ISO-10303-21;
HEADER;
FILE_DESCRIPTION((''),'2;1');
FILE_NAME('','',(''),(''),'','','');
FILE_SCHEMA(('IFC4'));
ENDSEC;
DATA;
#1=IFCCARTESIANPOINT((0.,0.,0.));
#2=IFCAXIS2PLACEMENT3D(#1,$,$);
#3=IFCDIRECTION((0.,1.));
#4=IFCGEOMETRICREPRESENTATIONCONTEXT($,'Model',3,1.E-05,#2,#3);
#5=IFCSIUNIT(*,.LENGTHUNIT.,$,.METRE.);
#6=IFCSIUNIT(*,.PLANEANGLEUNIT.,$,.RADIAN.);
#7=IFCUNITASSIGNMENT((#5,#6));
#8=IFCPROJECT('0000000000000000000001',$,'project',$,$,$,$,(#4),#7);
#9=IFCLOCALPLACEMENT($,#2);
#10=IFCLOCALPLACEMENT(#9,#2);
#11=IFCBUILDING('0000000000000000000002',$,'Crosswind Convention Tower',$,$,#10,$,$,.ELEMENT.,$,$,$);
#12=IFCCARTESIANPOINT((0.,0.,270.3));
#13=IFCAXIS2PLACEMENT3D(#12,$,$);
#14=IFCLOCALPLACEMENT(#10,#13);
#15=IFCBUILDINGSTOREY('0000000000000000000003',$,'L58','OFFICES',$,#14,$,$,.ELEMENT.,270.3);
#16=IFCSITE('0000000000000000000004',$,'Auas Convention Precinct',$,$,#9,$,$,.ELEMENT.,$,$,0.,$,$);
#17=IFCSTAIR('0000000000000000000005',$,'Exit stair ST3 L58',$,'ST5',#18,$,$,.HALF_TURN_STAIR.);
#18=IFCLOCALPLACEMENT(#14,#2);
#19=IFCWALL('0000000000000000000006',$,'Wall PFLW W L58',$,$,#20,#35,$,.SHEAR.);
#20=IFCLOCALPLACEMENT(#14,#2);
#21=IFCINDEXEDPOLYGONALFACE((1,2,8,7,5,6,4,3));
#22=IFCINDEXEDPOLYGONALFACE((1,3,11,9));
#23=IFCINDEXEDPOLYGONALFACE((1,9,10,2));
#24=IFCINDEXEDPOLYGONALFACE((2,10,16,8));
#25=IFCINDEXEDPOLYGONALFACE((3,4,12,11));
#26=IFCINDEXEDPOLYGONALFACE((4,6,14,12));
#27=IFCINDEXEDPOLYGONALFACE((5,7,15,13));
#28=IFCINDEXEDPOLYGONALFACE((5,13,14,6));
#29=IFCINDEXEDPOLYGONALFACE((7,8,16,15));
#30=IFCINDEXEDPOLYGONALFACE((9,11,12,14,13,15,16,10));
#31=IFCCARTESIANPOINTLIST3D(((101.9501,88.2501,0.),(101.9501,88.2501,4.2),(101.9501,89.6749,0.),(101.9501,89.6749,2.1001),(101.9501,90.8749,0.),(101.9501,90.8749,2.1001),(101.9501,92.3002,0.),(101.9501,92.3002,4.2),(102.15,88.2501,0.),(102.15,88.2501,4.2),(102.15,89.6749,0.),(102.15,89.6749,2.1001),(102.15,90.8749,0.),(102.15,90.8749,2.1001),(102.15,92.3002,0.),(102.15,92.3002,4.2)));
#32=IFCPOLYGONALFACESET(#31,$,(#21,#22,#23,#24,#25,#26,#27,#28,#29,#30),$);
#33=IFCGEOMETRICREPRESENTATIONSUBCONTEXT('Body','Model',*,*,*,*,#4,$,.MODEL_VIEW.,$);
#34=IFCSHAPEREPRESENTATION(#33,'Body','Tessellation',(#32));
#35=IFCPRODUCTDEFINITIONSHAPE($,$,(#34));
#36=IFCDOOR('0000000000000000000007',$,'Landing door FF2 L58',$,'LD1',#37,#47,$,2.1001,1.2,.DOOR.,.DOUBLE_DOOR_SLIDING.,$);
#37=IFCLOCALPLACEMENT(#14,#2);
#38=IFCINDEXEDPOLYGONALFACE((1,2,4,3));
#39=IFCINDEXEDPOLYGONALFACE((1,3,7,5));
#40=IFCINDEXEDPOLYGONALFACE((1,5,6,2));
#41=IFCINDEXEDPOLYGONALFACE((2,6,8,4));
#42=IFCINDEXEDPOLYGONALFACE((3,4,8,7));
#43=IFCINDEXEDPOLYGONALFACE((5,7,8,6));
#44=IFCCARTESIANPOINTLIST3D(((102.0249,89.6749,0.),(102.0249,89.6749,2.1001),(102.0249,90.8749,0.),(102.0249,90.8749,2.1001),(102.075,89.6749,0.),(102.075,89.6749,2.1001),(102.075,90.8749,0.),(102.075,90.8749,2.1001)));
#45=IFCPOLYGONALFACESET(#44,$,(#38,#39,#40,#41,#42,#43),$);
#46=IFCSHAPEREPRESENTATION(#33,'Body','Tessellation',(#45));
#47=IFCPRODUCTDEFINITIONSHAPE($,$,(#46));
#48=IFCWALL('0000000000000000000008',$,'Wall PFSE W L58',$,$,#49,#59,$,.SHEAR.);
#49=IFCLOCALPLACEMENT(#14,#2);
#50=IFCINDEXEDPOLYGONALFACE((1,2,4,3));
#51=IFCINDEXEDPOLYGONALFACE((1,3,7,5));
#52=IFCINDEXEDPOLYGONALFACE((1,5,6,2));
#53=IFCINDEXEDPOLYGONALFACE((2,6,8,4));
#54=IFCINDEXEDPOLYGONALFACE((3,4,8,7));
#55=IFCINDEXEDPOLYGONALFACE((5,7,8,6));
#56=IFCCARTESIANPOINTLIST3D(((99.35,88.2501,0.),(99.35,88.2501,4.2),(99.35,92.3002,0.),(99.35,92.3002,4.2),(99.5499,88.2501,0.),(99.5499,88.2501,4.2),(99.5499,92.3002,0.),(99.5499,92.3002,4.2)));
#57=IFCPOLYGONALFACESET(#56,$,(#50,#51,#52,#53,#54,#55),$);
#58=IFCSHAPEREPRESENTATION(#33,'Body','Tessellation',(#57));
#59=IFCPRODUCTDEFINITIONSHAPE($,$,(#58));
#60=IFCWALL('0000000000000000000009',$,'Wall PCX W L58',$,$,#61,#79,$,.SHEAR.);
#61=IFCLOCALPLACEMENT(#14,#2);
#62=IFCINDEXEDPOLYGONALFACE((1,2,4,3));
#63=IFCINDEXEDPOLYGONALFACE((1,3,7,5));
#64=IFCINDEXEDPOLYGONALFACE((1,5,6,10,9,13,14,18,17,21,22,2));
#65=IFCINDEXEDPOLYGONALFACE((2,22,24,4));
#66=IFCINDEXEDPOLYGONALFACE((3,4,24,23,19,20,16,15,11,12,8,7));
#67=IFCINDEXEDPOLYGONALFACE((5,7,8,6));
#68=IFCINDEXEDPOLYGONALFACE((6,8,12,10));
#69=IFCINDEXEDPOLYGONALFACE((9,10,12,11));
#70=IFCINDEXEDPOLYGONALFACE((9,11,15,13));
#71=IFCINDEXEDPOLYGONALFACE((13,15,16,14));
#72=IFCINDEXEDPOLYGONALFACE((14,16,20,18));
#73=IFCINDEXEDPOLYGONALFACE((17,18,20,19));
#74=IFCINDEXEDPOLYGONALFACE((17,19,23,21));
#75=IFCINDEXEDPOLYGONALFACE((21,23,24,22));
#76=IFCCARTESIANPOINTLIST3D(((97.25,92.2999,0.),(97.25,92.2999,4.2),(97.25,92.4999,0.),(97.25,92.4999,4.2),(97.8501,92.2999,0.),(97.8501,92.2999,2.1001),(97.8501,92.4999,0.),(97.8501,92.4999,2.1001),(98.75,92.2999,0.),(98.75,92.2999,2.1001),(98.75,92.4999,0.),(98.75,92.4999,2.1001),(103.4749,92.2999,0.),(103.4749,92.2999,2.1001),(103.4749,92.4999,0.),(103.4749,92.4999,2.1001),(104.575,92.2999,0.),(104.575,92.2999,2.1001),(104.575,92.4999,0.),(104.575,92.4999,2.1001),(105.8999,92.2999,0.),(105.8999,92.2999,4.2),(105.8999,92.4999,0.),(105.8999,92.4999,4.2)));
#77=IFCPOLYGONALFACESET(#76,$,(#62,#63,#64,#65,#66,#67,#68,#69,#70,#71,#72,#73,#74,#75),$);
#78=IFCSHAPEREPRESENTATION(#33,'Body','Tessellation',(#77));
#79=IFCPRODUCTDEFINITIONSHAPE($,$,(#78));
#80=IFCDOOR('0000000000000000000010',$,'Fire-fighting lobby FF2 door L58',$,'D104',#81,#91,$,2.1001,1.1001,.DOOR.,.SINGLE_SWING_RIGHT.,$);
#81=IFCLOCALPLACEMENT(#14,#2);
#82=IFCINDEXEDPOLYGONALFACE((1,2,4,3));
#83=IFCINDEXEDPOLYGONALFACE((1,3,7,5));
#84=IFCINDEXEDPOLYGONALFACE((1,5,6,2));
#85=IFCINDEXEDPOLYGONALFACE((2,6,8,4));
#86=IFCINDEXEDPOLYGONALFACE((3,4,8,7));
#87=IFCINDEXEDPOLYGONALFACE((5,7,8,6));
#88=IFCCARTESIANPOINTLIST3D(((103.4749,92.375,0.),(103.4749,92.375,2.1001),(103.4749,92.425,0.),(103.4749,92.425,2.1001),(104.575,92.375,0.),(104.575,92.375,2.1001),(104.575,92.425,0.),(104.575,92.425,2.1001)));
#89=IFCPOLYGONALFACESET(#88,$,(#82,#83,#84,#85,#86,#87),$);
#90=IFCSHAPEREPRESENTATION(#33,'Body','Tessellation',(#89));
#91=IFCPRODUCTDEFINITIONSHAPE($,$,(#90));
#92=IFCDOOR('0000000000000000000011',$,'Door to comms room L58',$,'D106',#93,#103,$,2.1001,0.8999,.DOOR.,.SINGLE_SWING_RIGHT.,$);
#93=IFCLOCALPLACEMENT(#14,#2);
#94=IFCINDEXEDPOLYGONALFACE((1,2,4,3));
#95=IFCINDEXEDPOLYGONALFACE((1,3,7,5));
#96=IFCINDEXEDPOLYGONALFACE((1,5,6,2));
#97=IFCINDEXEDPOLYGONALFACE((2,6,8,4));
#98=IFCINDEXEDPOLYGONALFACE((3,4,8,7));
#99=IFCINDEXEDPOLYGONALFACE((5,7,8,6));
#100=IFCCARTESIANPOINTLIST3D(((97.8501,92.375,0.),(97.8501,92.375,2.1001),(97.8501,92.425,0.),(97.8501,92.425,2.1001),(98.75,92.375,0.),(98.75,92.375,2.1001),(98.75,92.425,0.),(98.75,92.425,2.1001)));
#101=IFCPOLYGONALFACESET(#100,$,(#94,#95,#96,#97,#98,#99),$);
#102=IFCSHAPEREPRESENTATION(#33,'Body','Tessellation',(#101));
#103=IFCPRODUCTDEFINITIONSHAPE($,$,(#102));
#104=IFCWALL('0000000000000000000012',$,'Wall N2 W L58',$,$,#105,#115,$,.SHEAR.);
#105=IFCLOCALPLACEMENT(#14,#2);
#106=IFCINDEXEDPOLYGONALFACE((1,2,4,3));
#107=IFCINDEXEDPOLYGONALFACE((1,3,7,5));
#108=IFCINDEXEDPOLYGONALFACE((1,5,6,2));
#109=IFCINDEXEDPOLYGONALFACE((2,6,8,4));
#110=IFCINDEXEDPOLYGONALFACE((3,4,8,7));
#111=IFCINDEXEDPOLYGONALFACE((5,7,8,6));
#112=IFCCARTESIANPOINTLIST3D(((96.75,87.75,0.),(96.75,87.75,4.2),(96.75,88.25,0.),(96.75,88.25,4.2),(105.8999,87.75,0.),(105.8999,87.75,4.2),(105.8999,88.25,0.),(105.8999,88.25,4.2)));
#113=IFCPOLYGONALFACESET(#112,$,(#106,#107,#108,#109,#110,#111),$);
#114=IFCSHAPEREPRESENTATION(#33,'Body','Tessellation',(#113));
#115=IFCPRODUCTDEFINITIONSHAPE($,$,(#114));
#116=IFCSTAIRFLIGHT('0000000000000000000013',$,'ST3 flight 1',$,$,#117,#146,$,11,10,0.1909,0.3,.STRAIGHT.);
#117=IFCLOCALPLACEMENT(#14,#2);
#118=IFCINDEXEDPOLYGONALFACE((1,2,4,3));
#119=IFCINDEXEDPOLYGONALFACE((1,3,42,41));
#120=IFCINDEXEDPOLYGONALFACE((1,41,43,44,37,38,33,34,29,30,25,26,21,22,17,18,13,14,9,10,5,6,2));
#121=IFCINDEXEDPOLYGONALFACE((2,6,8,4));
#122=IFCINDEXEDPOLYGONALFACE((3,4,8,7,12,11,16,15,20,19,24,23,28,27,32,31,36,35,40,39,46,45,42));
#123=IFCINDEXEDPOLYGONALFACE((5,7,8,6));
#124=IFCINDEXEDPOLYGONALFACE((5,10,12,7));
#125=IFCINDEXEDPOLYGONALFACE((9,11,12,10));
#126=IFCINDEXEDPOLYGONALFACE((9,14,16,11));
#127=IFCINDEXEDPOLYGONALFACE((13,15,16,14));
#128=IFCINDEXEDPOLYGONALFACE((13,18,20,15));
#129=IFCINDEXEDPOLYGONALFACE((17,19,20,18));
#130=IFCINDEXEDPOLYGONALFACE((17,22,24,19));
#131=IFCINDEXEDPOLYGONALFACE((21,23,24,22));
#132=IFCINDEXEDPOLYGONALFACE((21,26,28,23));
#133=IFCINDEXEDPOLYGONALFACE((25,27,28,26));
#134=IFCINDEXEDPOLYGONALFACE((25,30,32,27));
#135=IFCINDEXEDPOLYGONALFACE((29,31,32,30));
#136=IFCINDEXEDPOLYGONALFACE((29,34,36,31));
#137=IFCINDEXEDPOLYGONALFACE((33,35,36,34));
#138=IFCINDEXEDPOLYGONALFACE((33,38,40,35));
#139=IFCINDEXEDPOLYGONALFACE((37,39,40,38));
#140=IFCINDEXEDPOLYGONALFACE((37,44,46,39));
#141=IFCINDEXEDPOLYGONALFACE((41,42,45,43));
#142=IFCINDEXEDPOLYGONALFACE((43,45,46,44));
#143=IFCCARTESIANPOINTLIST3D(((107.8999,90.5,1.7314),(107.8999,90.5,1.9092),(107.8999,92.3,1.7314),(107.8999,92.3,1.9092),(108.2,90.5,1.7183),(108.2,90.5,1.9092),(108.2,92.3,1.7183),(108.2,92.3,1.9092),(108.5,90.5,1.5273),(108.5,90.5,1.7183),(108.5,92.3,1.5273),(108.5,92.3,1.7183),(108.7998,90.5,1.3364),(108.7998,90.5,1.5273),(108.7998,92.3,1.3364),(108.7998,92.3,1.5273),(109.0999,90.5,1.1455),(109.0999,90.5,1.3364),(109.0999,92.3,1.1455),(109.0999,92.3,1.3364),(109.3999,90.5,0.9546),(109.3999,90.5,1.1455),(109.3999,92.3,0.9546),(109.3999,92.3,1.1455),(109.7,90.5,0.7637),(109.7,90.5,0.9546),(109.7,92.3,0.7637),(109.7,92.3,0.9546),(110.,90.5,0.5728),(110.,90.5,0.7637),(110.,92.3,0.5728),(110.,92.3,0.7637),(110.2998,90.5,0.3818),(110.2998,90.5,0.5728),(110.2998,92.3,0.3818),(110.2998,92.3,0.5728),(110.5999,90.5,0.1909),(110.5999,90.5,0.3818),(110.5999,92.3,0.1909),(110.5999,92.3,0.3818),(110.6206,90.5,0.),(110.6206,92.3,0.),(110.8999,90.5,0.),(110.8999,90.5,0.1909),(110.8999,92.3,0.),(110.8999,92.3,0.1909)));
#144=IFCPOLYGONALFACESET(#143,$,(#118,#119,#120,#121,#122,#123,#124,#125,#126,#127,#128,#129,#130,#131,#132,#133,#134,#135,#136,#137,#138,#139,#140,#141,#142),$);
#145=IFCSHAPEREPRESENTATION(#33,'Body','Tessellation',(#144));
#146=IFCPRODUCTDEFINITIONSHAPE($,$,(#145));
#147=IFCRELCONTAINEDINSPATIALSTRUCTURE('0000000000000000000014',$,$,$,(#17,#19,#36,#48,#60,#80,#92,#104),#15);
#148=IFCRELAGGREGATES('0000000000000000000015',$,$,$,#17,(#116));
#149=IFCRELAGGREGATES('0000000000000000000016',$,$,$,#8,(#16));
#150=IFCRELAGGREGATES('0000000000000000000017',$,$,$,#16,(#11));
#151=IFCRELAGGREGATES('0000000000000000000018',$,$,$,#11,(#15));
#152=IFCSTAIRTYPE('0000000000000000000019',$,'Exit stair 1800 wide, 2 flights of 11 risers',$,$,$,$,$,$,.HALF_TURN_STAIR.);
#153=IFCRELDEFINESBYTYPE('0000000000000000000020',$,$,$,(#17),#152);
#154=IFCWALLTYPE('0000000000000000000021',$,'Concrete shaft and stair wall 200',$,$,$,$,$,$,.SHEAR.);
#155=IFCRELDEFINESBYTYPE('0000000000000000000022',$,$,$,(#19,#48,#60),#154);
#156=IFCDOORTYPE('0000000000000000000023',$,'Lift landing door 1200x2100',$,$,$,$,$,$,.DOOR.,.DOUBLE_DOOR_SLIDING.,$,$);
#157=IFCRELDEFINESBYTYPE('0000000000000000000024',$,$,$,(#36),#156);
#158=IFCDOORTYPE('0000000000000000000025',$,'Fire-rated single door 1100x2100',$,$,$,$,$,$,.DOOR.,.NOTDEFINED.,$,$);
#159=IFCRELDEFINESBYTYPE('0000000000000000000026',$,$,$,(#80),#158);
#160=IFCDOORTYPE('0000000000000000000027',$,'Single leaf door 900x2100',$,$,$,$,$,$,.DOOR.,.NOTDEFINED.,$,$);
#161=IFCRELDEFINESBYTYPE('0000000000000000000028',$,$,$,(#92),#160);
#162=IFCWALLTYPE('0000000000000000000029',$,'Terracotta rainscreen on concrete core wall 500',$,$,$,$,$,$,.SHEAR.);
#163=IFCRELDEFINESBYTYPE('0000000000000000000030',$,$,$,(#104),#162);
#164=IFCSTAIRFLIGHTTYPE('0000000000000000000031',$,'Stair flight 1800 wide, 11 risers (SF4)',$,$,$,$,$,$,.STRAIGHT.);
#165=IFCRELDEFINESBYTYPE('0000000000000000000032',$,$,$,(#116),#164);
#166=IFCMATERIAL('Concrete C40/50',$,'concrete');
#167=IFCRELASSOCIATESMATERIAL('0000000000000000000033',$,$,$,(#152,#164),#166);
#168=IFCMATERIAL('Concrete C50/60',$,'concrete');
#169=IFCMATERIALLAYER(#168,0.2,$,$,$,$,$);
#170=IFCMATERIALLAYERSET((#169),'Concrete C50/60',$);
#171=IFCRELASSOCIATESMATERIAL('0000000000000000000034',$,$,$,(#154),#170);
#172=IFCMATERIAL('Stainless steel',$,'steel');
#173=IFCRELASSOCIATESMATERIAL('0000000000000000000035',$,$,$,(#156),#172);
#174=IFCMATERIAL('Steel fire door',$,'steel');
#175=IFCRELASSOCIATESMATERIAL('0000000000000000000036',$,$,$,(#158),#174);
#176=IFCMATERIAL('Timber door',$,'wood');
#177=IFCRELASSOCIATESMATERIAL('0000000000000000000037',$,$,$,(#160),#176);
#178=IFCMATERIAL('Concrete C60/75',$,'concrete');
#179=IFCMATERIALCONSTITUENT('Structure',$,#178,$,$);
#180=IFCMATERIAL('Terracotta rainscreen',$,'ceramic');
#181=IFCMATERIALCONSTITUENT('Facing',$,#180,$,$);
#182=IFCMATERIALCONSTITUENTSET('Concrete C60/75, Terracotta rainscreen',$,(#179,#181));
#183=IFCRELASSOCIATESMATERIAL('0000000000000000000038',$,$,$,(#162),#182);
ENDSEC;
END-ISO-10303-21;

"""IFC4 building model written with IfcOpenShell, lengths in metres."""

from ifc_helpers import new_model, si_unit, direction, frame, frame_2d, origin, place, context, subcontext, project, spatial, polyline, rectangle, outline, extrude, material, layer, layer_set, constituent, constituent_set, type_object, element, fill, aggregate, save


model = new_model("IFC4")

# Units and contexts
model_context = context("Model", 3, precision=1e-05, world=origin(), true_north=direction((0.0, 1.0)))
body_context = subcontext(model_context, "Body", "Model", "MODEL_VIEW")
ifc_project = project(units=[si_unit("LENGTHUNIT", "METRE"), si_unit("PLANEANGLEUNIT", "RADIAN")], contexts=[model_context])

# Site, building, storey
site_placement = place(None, origin())
site = spatial("IfcSite", under=ifc_project, at=site_placement, Name="Auas Convention Precinct", CompositionType="ELEMENT", RefElevation=0.0)
building_placement = place(site_placement, origin())
building = spatial("IfcBuilding", under=site, at=building_placement, Name="Crosswind Convention Tower", CompositionType="ELEMENT")
storey_placement = place(building_placement, frame((0.0, 0.0, 270.3)))
storey = spatial("IfcBuildingStorey", under=building, at=storey_placement, Name="L58", Description="OFFICES", CompositionType="ELEMENT", Elevation=270.3)

# Shared definitions
ifc_material_1 = material(Name="Concrete C40/50", Category="concrete")

# Stair
stair_type = type_object("IfcStairType", Name="Exit stair 1800 wide, 2 flights of 11 risers", PredefinedType="HALF_TURN_STAIR", material=ifc_material_1)
stair_1_placement = place(storey_placement, origin())
stair_1 = element("IfcStair", 1, at=stair_1_placement, inside=storey, type_object=stair_type, Name="Exit stair ST3 L58", ObjectType="ST5", PredefinedType="HALF_TURN_STAIR")

# Shared definitions
ifc_material_2 = material(Name="Concrete C50/60", Category="concrete")
ifc_layer_1 = layer(ifc_material_2, 0.2)
ifc_layer_set_1 = layer_set([ifc_layer_1], Name="Concrete C50/60")
wall_type_1 = type_object("IfcWallType", Name="Concrete shaft and stair wall 200", PredefinedType="SHEAR", material=ifc_layer_set_1)

# Wall, opening, door
wall_1_placement = place(storey_placement, frame((102.05, 92.3, 0.0), z_axis=(0.0, 0.0, 1.0), x_axis=(0.0, -1.0, 0.0)))
wall_1 = element("IfcWall", 2, at=wall_1_placement, inside=storey, type_object=wall_type_1, Name="Wall PFLW W L58", PredefinedType="SHEAR", context=body_context, shape_type="SweptSolid", body=[
    extrude(rectangle(XDim=4.05, YDim=0.2, at=frame_2d((2.0249, 0.0))), origin(), (0.0, 0.0, 1.0), 4.2),
])
opening_1_placement = place(wall_1_placement, frame((1.425, 0.0, 0.0)))
opening_1 = element("IfcOpeningElement", 3, at=opening_1_placement, cuts=wall_1, PredefinedType="OPENING", context=body_context, shape_type="SweptSolid", body=[
    extrude(rectangle(XDim=1.2, YDim=2.1001, at=frame_2d((0.6001, 1.05))), frame((0.0, 0.1099, 0.0), z_axis=(0.0, -1.0, 0.0), x_axis=(1.0, 0.0, 0.0)), (0.0, 0.0, 1.0), 0.22),
])
ifc_material_3 = material(Name="Stainless steel", Category="steel")
door_type_1 = type_object("IfcDoorType", Name="Lift landing door 1200x2100", OperationType="DOUBLE_DOOR_SLIDING", PredefinedType="DOOR", material=ifc_material_3)
door_1_placement = place(opening_1_placement, origin())
door_1 = element("IfcDoor", 4, at=door_1_placement, inside=storey, type_object=door_type_1, Name="Landing door FF2 L58", ObjectType="LD1", OperationType="DOUBLE_DOOR_SLIDING", OverallHeight=2.1001, OverallWidth=1.2, PredefinedType="DOOR", context=body_context, shape_type="SweptSolid", body=[
    extrude(rectangle(XDim=1.2, YDim=2.1001, at=frame_2d((0.6001, 1.05))), frame((0.0, 0.0249, 0.0), z_axis=(0.0, -1.0, 0.0), x_axis=(1.0, 0.0, 0.0)), (0.0, 0.0, 1.0), 0.05),
])
fill(opening_1, door_1)

# Wall
wall_2_placement = place(storey_placement, frame((99.45, 92.3, 0.0), z_axis=(0.0, 0.0, 1.0), x_axis=(0.0, -1.0, 0.0)))
element("IfcWall", 5, at=wall_2_placement, inside=storey, type_object=wall_type_1, Name="Wall PFSE W L58", PredefinedType="SHEAR", context=body_context, shape_type="SweptSolid", body=[
    extrude(rectangle(XDim=4.05, YDim=0.2, at=frame_2d((2.0249, 0.0))), origin(), (0.0, 0.0, 1.0), 4.2),
])

# Wall, openings, doors
wall_3_placement = place(storey_placement, frame((105.8999, 92.3999, 0.0), z_axis=(0.0, 0.0, 1.0), x_axis=(-1.0, 0.0, 0.0)))
wall_3 = element("IfcWall", 6, at=wall_3_placement, inside=storey, type_object=wall_type_1, Name="Wall PCX W L58", PredefinedType="SHEAR", context=body_context, shape_type="SweptSolid", body=[
    extrude(rectangle(XDim=8.6499, YDim=0.2, at=frame_2d((4.325, 0.0))), origin(), (0.0, 0.0, 1.0), 4.2),
])
opening_2_placement = place(wall_3_placement, frame((1.325, 0.0, 0.0)))
opening_2 = element("IfcOpeningElement", 7, at=opening_2_placement, cuts=wall_3, PredefinedType="OPENING", context=body_context, shape_type="SweptSolid", body=[
    extrude(rectangle(XDim=1.1001, YDim=2.1001, at=frame_2d((0.55, 1.05))), frame((0.0, 0.1099, 0.0), z_axis=(0.0, -1.0, 0.0), x_axis=(1.0, 0.0, 0.0)), (0.0, 0.0, 1.0), 0.22),
])
opening_3_placement = place(wall_3_placement, frame((7.1499, 0.0, 0.0)))
opening_3 = element("IfcOpeningElement", 8, at=opening_3_placement, cuts=wall_3, PredefinedType="OPENING", context=body_context, shape_type="SweptSolid", body=[
    extrude(rectangle(XDim=0.8999, YDim=2.1001, at=frame_2d((0.45, 1.05))), frame((0.0, 0.1099, 0.0), z_axis=(0.0, -1.0, 0.0), x_axis=(1.0, 0.0, 0.0)), (0.0, 0.0, 1.0), 0.22),
])
ifc_material_4 = material(Name="Steel fire door", Category="steel")
door_type_2 = type_object("IfcDoorType", Name="Fire-rated single door 1100x2100", OperationType="NOTDEFINED", PredefinedType="DOOR", material=ifc_material_4)
door_2_placement = place(opening_2_placement, origin())
door_2 = element("IfcDoor", 9, at=door_2_placement, inside=storey, type_object=door_type_2, Name="Fire-fighting lobby FF2 door L58", ObjectType="D104", OperationType="SINGLE_SWING_RIGHT", OverallHeight=2.1001, OverallWidth=1.1001, PredefinedType="DOOR", context=body_context, shape_type="SweptSolid", body=[
    extrude(rectangle(XDim=1.1001, YDim=2.1001, at=frame_2d((0.55, 1.05))), frame((0.0, 0.0249, 0.0), z_axis=(0.0, -1.0, 0.0), x_axis=(1.0, 0.0, 0.0)), (0.0, 0.0, 1.0), 0.05),
])
fill(opening_2, door_2)
ifc_material_5 = material(Name="Timber door", Category="wood")
door_type_3 = type_object("IfcDoorType", Name="Single leaf door 900x2100", OperationType="NOTDEFINED", PredefinedType="DOOR", material=ifc_material_5)
door_3_placement = place(opening_3_placement, origin())
door_3 = element("IfcDoor", 10, at=door_3_placement, inside=storey, type_object=door_type_3, Name="Door to comms room L58", ObjectType="D106", OperationType="SINGLE_SWING_RIGHT", OverallHeight=2.1001, OverallWidth=0.8999, PredefinedType="DOOR", context=body_context, shape_type="SweptSolid", body=[
    extrude(rectangle(XDim=0.8999, YDim=2.1001, at=frame_2d((0.45, 1.05))), frame((0.0, 0.0249, 0.0), z_axis=(0.0, -1.0, 0.0), x_axis=(1.0, 0.0, 0.0)), (0.0, 0.0, 1.0), 0.05),
])
fill(opening_3, door_3)

# Wall
ifc_material_6 = material(Name="Concrete C60/75", Category="concrete")
ifc_constituent_1 = constituent(ifc_material_6, Name="Structure")
ifc_material_7 = material(Name="Terracotta rainscreen", Category="ceramic")
ifc_constituent_2 = constituent(ifc_material_7, Name="Facing")
ifc_constituent_set = constituent_set(constituents=[ifc_constituent_1, ifc_constituent_2], Name="Concrete C60/75, Terracotta rainscreen")
wall_type_2 = type_object("IfcWallType", Name="Terracotta rainscreen on concrete core wall 500", PredefinedType="SHEAR", material=ifc_constituent_set)
wall_4_placement = place(storey_placement, frame((105.8999, 88.0, 0.0), z_axis=(0.0, 0.0, 1.0), x_axis=(-1.0, 0.0, 0.0)))
element("IfcWall", 11, at=wall_4_placement, inside=storey, type_object=wall_type_2, Name="Wall N2 W L58", PredefinedType="SHEAR", context=body_context, shape_type="SweptSolid", body=[
    extrude(rectangle(XDim=9.1499, YDim=0.5, at=frame_2d((4.575, 0.0))), origin(), (0.0, 0.0, 1.0), 4.2),
])

# Stair flight
stair_flight_type = type_object("IfcStairFlightType", Name="Stair flight 1800 wide, 11 risers (SF4)", PredefinedType="STRAIGHT", material=ifc_material_1)
stair_flight_1_placement = place(storey_placement, frame((110.8999, 91.3999, 0.0), z_axis=(0.0, 0.0, 1.0), x_axis=(-1.0, 0.0, 0.0)))
stair_flight_1 = element("IfcStairFlight", 12, at=stair_flight_1_placement, type_object=stair_flight_type, Name="ST3 flight 1", NumberOfRisers=11, NumberOfTreads=10, PredefinedType="STRAIGHT", RiserHeight=0.1909, TreadLength=0.3, context=body_context, shape_type="SweptSolid", body=[
    extrude(outline(polyline([(0.0, 0.0), (0.0, 0.1909), (0.3, 0.1909), (0.3, 0.3818), (0.6001, 0.3818), (0.6001, 0.5728), (0.8999, 0.5728), (0.8999, 0.7637), (1.2, 0.7637), (1.2, 0.9546), (1.5, 0.9546), (1.5, 1.1455), (1.8, 1.1455), (1.8, 1.3364), (2.1001, 1.3364), (2.1001, 1.5273), (2.3999, 1.5273), (2.3999, 1.7183), (2.7, 1.7183), (2.7, 1.9092), (3.0, 1.9092), (3.0, 2.1001), (3.0, 1.7314), (0.2793, 0.0), (0.0, 0.0)])), frame((0.0, 0.8999, 0.0), z_axis=(0.0, -1.0, 0.0), x_axis=(1.0, 0.0, 0.0)), (0.0, 0.0, 1.0), 1.8),
])
aggregate(stair_1, [stair_flight_1])

save(model, "model.ifc")
